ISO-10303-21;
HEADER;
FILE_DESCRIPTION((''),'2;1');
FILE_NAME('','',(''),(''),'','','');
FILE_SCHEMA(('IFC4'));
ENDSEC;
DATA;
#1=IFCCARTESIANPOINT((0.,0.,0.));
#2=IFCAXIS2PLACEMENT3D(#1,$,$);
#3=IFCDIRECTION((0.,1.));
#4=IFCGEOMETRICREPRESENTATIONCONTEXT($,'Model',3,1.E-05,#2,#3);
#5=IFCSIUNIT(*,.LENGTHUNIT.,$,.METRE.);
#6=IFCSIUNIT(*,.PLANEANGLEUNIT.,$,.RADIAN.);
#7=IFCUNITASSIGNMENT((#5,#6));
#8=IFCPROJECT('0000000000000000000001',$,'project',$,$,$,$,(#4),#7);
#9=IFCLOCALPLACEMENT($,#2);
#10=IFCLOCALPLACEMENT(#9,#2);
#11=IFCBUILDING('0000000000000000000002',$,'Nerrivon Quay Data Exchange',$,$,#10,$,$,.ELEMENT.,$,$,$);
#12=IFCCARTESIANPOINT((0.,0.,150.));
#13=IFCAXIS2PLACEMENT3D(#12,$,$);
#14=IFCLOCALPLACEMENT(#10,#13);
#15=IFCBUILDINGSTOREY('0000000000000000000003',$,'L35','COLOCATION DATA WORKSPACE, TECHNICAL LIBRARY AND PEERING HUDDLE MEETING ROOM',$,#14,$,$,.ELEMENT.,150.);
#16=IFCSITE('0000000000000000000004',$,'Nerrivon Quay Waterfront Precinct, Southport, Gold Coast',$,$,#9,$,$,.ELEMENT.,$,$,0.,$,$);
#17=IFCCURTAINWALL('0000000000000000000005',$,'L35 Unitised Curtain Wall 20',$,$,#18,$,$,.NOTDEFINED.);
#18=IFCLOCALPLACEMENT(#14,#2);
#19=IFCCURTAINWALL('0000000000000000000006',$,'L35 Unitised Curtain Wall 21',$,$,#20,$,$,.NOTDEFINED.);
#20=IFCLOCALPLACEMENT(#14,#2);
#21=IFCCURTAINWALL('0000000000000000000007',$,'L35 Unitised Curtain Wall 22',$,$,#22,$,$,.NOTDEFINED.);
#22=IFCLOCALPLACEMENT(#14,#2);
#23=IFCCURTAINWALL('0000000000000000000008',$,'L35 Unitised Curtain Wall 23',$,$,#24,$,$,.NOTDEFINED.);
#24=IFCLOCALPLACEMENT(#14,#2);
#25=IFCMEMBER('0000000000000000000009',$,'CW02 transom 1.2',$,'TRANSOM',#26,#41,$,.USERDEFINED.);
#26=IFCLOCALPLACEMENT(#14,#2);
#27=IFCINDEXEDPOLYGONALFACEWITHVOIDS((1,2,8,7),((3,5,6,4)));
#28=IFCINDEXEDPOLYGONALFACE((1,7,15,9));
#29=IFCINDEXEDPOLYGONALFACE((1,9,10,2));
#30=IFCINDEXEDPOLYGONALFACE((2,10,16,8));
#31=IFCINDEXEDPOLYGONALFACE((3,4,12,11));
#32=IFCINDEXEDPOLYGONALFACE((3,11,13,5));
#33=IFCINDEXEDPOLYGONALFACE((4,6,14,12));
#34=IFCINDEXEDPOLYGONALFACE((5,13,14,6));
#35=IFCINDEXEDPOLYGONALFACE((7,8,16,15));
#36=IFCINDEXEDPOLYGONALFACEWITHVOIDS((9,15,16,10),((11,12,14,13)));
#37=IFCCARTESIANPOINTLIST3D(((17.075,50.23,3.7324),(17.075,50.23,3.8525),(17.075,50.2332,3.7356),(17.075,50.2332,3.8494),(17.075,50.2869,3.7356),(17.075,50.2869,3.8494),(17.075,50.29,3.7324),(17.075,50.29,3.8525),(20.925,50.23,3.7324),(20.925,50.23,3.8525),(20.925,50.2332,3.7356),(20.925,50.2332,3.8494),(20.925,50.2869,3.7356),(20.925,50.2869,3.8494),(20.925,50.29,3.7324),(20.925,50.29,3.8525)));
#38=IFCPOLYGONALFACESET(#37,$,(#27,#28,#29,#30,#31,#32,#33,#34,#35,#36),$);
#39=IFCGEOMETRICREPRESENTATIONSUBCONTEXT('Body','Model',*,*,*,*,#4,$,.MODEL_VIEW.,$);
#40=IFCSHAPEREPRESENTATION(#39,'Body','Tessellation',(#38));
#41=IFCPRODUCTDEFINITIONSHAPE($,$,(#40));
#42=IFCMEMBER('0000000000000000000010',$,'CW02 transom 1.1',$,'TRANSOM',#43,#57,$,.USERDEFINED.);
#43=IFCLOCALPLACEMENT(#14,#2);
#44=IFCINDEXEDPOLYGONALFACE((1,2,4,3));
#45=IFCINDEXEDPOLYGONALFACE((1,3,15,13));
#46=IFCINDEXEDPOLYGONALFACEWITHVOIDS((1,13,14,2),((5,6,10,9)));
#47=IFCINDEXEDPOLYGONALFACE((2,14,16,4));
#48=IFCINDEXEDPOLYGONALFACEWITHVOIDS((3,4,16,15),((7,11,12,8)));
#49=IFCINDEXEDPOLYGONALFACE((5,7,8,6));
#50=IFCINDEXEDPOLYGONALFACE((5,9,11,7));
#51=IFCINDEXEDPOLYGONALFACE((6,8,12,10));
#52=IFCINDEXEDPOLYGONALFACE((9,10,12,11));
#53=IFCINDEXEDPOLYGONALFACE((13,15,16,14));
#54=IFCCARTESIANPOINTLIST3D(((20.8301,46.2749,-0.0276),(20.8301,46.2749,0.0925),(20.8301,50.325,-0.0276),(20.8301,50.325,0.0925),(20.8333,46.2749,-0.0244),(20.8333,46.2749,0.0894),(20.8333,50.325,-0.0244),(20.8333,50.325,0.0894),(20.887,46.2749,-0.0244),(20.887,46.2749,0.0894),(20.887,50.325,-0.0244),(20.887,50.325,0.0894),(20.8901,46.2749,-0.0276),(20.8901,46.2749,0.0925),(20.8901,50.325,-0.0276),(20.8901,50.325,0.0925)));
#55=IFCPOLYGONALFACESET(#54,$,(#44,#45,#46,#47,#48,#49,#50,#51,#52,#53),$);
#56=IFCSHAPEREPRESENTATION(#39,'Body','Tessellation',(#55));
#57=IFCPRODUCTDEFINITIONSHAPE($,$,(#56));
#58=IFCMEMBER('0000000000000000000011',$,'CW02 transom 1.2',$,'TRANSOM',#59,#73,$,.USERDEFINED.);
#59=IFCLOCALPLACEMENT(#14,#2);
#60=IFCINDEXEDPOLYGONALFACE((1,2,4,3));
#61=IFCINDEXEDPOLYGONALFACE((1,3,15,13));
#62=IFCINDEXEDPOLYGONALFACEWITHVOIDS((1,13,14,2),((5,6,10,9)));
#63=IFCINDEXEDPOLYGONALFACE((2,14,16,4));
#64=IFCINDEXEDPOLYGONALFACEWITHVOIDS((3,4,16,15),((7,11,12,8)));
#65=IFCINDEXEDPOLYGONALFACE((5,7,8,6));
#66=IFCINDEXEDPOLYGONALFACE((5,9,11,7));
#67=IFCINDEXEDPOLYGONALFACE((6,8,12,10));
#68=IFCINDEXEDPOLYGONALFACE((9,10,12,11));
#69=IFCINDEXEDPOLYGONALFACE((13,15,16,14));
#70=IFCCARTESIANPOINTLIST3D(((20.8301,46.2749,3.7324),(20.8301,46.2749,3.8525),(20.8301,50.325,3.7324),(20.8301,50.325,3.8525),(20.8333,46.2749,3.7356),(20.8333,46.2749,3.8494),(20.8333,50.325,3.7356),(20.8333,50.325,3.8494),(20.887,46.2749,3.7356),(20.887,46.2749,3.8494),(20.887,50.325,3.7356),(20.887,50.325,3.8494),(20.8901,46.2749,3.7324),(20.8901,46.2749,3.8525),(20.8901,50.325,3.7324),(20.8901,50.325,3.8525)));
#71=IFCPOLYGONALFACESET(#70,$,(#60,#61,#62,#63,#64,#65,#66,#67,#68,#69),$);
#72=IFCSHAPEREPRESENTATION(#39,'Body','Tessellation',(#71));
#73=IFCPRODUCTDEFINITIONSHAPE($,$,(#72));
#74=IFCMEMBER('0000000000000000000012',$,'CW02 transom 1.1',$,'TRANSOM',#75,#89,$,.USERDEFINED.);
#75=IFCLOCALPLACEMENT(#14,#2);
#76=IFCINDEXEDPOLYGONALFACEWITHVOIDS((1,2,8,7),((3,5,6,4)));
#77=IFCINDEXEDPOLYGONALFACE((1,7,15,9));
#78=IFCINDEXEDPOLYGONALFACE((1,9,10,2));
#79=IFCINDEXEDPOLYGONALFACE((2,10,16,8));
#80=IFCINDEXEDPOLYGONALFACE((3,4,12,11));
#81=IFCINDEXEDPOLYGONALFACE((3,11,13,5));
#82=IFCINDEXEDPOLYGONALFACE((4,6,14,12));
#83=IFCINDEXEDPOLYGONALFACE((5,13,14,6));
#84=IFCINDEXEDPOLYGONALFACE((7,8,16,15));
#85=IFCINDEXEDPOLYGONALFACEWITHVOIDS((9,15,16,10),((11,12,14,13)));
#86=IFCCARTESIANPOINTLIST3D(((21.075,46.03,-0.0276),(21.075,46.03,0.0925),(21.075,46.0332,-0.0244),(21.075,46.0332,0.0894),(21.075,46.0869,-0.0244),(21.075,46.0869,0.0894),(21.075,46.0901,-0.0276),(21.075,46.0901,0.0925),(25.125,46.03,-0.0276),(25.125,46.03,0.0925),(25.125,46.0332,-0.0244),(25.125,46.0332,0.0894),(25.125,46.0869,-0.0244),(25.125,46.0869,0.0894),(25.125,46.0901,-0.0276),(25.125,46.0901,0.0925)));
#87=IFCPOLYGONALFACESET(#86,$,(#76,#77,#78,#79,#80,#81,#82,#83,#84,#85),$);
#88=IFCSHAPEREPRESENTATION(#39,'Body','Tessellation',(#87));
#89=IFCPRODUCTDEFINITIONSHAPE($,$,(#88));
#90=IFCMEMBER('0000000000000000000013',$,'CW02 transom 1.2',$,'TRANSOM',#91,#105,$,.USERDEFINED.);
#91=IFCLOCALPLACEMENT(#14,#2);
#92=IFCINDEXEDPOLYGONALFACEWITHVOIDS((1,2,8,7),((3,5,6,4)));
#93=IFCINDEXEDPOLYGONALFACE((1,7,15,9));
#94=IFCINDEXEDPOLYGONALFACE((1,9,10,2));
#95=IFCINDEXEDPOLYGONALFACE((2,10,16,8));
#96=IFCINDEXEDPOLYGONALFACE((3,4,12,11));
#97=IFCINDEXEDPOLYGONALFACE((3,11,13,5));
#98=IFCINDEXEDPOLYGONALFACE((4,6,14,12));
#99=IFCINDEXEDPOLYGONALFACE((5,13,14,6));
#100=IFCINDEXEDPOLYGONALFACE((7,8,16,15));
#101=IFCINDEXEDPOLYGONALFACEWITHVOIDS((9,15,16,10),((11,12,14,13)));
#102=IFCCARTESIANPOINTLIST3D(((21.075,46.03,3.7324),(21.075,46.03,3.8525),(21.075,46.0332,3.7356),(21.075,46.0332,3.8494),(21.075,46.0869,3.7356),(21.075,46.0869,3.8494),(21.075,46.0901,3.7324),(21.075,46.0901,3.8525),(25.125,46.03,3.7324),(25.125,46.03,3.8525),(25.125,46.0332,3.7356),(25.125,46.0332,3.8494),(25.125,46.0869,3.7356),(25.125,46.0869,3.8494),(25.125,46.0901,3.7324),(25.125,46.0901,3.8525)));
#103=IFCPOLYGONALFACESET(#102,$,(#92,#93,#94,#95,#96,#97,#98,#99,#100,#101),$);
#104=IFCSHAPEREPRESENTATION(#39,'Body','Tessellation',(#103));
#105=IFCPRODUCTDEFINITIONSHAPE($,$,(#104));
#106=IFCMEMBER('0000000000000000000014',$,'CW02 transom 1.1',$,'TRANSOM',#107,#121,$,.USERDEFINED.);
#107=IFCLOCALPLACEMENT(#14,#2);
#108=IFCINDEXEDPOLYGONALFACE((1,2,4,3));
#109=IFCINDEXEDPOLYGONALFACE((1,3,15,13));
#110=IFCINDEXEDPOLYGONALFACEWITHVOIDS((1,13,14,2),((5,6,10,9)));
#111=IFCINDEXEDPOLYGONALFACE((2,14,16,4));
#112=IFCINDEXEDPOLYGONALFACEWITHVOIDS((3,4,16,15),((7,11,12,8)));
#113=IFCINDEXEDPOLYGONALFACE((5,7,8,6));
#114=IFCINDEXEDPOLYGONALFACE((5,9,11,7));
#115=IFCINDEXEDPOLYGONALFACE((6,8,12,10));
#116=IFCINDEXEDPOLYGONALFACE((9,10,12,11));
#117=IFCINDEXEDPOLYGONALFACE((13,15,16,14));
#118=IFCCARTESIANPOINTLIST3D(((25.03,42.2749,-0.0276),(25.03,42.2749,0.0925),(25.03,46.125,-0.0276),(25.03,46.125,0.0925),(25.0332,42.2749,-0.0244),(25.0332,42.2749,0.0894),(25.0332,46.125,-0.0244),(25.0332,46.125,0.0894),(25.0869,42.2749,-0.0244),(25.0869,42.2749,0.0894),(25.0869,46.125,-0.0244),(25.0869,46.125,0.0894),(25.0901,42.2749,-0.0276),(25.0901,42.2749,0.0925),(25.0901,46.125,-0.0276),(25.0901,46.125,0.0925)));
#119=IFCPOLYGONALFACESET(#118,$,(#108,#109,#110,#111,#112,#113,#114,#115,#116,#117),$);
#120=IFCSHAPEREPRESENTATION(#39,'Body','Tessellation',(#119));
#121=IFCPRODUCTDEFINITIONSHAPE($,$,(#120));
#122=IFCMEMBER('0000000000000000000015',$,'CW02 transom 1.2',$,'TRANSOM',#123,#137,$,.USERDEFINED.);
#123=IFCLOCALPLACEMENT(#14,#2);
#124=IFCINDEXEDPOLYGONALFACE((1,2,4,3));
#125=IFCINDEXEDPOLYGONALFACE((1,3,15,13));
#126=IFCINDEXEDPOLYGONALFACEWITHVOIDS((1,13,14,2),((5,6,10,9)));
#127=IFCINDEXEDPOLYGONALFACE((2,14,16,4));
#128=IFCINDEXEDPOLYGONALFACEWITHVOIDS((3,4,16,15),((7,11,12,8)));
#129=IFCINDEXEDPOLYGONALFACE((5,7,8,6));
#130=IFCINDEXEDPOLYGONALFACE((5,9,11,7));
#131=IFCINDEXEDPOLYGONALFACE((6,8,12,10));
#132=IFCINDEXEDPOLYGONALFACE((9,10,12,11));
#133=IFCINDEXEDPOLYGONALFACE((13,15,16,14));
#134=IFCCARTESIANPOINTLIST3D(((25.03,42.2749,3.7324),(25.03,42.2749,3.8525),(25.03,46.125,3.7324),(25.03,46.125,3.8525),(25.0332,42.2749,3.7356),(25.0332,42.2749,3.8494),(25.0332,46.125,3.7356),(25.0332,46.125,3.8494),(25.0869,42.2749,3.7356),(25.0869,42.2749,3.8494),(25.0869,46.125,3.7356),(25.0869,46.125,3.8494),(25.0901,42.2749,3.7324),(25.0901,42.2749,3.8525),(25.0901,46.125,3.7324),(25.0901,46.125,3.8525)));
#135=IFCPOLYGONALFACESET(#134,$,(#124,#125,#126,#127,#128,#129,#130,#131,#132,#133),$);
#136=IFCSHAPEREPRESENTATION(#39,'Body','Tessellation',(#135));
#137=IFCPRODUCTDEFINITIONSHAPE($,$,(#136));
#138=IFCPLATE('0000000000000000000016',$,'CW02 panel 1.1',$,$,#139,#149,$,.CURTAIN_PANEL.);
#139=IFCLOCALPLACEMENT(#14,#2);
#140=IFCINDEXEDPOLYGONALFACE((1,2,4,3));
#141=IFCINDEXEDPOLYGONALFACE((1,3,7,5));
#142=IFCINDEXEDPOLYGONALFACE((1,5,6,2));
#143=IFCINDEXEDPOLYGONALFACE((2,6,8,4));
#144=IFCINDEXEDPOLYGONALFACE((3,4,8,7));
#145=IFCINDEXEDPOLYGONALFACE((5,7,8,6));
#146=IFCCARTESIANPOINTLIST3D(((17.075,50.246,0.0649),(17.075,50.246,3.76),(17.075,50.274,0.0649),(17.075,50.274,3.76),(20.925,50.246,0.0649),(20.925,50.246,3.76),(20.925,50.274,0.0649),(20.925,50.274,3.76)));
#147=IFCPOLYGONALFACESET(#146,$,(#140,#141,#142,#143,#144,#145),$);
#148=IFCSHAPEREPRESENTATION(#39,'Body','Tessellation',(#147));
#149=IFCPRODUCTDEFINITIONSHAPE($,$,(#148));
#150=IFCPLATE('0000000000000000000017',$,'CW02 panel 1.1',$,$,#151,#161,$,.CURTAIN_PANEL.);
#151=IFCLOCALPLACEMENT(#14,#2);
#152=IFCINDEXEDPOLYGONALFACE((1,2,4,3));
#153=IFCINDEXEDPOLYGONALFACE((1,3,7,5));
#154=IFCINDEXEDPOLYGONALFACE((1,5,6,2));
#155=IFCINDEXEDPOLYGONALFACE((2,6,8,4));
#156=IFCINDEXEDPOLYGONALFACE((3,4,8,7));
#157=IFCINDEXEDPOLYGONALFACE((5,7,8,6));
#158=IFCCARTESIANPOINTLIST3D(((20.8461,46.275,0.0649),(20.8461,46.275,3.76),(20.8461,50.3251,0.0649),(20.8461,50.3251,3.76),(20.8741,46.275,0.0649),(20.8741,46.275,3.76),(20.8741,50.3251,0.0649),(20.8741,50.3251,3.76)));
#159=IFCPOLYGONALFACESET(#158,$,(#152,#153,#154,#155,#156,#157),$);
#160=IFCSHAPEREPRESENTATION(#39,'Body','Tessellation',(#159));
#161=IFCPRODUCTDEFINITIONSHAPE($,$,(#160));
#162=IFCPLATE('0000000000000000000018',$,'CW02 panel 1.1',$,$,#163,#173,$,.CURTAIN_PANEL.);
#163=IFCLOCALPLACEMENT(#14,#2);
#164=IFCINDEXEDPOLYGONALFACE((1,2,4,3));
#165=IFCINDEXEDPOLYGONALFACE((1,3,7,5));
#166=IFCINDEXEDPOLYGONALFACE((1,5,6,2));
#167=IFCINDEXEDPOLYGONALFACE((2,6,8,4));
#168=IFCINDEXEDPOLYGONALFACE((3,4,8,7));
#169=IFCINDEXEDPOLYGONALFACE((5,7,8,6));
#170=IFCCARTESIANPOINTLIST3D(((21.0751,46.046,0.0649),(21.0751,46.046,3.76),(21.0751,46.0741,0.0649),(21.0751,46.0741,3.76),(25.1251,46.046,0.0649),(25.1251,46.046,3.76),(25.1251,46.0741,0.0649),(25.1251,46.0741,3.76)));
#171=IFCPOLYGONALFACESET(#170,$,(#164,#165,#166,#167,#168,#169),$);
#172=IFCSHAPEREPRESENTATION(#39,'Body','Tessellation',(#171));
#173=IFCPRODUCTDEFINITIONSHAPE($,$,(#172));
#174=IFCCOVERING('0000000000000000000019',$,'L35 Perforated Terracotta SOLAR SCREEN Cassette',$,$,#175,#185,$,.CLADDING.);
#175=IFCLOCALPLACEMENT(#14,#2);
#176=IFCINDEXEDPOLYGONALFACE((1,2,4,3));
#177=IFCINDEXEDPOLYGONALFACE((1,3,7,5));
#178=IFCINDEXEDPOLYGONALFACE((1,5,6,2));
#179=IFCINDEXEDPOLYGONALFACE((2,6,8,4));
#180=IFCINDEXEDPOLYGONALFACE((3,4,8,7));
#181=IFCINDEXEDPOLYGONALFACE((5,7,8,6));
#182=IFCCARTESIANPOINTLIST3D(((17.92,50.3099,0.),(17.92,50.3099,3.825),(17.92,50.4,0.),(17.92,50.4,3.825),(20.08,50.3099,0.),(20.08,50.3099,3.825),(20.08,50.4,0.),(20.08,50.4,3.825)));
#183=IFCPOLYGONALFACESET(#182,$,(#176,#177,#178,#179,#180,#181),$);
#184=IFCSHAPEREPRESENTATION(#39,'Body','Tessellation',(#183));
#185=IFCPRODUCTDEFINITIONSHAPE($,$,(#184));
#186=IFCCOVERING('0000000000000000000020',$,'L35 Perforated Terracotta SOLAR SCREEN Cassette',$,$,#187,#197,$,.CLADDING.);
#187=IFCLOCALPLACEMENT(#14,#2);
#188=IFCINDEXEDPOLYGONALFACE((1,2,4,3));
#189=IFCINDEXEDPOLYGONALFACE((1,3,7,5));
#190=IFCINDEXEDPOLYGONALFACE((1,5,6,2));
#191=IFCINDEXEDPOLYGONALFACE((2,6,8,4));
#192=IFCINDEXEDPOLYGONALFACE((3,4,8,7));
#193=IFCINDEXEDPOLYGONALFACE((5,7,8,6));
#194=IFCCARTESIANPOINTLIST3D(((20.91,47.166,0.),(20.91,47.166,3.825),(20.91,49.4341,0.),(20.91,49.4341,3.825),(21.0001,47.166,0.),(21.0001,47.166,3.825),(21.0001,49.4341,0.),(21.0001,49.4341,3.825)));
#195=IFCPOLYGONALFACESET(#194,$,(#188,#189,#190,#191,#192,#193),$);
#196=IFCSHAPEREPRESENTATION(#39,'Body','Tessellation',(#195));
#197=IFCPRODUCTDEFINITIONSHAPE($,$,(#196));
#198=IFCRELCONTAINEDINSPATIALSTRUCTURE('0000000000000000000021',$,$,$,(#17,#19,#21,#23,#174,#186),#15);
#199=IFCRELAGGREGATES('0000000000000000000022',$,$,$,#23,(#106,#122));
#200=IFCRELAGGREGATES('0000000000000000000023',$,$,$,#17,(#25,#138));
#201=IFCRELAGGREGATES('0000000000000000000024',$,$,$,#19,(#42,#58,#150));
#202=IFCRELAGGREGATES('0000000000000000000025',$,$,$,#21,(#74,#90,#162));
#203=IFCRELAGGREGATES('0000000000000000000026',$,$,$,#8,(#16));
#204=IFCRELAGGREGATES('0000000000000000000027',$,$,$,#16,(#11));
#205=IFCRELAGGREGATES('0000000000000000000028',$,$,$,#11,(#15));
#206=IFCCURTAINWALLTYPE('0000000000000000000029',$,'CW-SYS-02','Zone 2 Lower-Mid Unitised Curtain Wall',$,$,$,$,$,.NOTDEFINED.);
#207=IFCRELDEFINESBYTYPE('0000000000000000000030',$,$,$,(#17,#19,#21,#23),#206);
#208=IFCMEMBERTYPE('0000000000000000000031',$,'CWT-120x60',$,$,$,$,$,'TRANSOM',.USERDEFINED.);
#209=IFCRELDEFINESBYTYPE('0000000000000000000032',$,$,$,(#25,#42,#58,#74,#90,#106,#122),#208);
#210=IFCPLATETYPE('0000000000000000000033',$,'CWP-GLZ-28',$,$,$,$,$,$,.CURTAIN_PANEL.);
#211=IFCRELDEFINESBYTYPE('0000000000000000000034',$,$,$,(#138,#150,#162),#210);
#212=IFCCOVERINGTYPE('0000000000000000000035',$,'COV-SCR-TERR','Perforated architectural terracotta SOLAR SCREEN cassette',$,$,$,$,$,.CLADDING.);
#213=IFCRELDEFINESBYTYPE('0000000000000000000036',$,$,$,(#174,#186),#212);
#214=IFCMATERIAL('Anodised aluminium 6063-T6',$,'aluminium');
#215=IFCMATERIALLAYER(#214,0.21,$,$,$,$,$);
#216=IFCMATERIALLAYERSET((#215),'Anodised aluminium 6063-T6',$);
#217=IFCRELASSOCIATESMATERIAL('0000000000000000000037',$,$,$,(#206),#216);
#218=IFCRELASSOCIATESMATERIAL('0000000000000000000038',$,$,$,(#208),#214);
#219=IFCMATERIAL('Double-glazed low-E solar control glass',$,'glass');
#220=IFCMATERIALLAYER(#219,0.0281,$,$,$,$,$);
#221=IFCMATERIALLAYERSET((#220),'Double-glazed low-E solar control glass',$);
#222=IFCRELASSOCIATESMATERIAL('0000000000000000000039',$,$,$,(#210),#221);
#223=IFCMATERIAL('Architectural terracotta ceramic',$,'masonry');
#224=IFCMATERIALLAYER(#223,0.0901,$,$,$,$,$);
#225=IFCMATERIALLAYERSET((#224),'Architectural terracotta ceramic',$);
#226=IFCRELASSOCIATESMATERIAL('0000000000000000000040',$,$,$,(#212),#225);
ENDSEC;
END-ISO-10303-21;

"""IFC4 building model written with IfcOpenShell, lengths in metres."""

from ifc_helpers import new_model, si_unit, direction, frame, origin, origin_2d, place, context, subcontext, project, spatial, rectangle, hollow_rectangle, extrude, material, layer, layer_set, material_profile, profile_set, type_object, element, aggregate, save


model = new_model("IFC4")

# Units and contexts
model_context = context("Model", 3, precision=1e-05, world=origin(), true_north=direction((0.0, 1.0)))
body_context = subcontext(model_context, "Body", "Model", "MODEL_VIEW")
ifc_project = project(units=[si_unit("LENGTHUNIT", "METRE"), si_unit("PLANEANGLEUNIT", "RADIAN")], contexts=[model_context])

# Site, building, storey
site_placement = place(None, origin())
site = spatial("IfcSite", under=ifc_project, at=site_placement, Name="Nerrivon Quay Waterfront Precinct, Southport, Gold Coast", CompositionType="ELEMENT", RefElevation=0.0)
building_placement = place(site_placement, origin())
building = spatial("IfcBuilding", under=site, at=building_placement, Name="Nerrivon Quay Data Exchange", CompositionType="ELEMENT")
storey_placement = place(building_placement, frame((0.0, 0.0, 150.0)))
storey = spatial("IfcBuildingStorey", under=building, at=storey_placement, Name="L35", Description="COLOCATION DATA WORKSPACE, TECHNICAL LIBRARY AND PEERING HUDDLE MEETING ROOM", CompositionType="ELEMENT", Elevation=150.0)

# Shared definitions
ifc_material_1 = material(Name="Anodised aluminium 6063-T6", Category="aluminium")
ifc_layer_1 = layer(ifc_material_1, 0.21)
ifc_layer_set_1 = layer_set([ifc_layer_1], Name="Anodised aluminium 6063-T6")
curtain_wall_type = type_object("IfcCurtainWallType", Name="CW-SYS-02", Description="Zone 2 Lower-Mid Unitised Curtain Wall", PredefinedType="NOTDEFINED", material=ifc_layer_set_1)

# Curtain walls
curtain_wall_1_placement = place(storey_placement, origin())
curtain_wall_1 = element("IfcCurtainWall", 1, at=curtain_wall_1_placement, inside=storey, type_object=curtain_wall_type, Name="L35 Unitised Curtain Wall 20", PredefinedType="NOTDEFINED")
curtain_wall_2_placement = place(storey_placement, origin())
curtain_wall_2 = element("IfcCurtainWall", 2, at=curtain_wall_2_placement, inside=storey, type_object=curtain_wall_type, Name="L35 Unitised Curtain Wall 21", PredefinedType="NOTDEFINED")
curtain_wall_3_placement = place(storey_placement, origin())
curtain_wall_3 = element("IfcCurtainWall", 3, at=curtain_wall_3_placement, inside=storey, type_object=curtain_wall_type, Name="L35 Unitised Curtain Wall 22", PredefinedType="NOTDEFINED")

# Curtain wall
curtain_wall_4_placement = place(storey_placement, origin())
curtain_wall_4 = element("IfcCurtainWall", 4, at=curtain_wall_4_placement, inside=storey, type_object=curtain_wall_type, Name="L35 Unitised Curtain Wall 23", PredefinedType="NOTDEFINED")

# Members
ifc_material_profile_1 = material_profile(ifc_material_1, hollow_rectangle(XDim=0.0601, YDim=0.1201, WallThickness=0.0032, at=origin_2d()), Name="ALU-TRAN-120x60")
ifc_profile_set_1 = profile_set([ifc_material_profile_1], Name="Anodised aluminium 6063-T6")
member_type_1 = type_object("IfcMemberType", Name="CWT-120x60", ElementType="TRANSOM", PredefinedType="USERDEFINED", material=ifc_profile_set_1)
member_1_placement = place(storey_placement, frame((17.075, 50.26, 3.7925), z_axis=(1.0, 0.0, 0.0), x_axis=(0.0, 1.0, 0.0)))
member_1 = element("IfcMember", 5, at=member_1_placement, type_object=member_type_1, Name="CW02 transom 1.2", ObjectType="TRANSOM", PredefinedType="USERDEFINED", context=body_context, shape_type="SweptSolid", body=[
    extrude(hollow_rectangle(XDim=0.0601, YDim=0.1201, WallThickness=0.0032, at=origin_2d()), origin(), (0.0, 0.0, 1.0), 3.8501),
])
member_2_placement = place(storey_placement, frame((20.8601, 50.325, 0.0325), z_axis=(0.0, -1.0, 0.0), x_axis=(1.0, 0.0, 0.0)))
member_2 = element("IfcMember", 6, at=member_2_placement, type_object=member_type_1, Name="CW02 transom 1.1", ObjectType="TRANSOM", PredefinedType="USERDEFINED", context=body_context, shape_type="SweptSolid", body=[
    extrude(hollow_rectangle(XDim=0.0601, YDim=0.1201, WallThickness=0.0032, at=origin_2d()), origin(), (0.0, 0.0, 1.0), 4.05),
])
member_3_placement = place(storey_placement, frame((20.8601, 50.325, 3.7925), z_axis=(0.0, -1.0, 0.0), x_axis=(1.0, 0.0, 0.0)))
member_3 = element("IfcMember", 7, at=member_3_placement, type_object=member_type_1, Name="CW02 transom 1.2", ObjectType="TRANSOM", PredefinedType="USERDEFINED", context=body_context, shape_type="SweptSolid", body=[
    extrude(hollow_rectangle(XDim=0.0601, YDim=0.1201, WallThickness=0.0032, at=origin_2d()), origin(), (0.0, 0.0, 1.0), 4.05),
])
member_4_placement = place(storey_placement, frame((21.075, 46.0601, 0.0325), z_axis=(1.0, 0.0, 0.0), x_axis=(0.0, 1.0, 0.0)))
member_4 = element("IfcMember", 8, at=member_4_placement, type_object=member_type_1, Name="CW02 transom 1.1", ObjectType="TRANSOM", PredefinedType="USERDEFINED", context=body_context, shape_type="SweptSolid", body=[
    extrude(hollow_rectangle(XDim=0.0601, YDim=0.1201, WallThickness=0.0032, at=origin_2d()), origin(), (0.0, 0.0, 1.0), 4.05),
])
member_5_placement = place(storey_placement, frame((21.075, 46.0601, 3.7925), z_axis=(1.0, 0.0, 0.0), x_axis=(0.0, 1.0, 0.0)))
member_5 = element("IfcMember", 9, at=member_5_placement, type_object=member_type_1, Name="CW02 transom 1.2", ObjectType="TRANSOM", PredefinedType="USERDEFINED", context=body_context, shape_type="SweptSolid", body=[
    extrude(hollow_rectangle(XDim=0.0601, YDim=0.1201, WallThickness=0.0032, at=origin_2d()), origin(), (0.0, 0.0, 1.0), 4.05),
])
member_6_placement = place(storey_placement, frame((25.0601, 46.125, 0.0325), z_axis=(0.0, -1.0, 0.0), x_axis=(1.0, 0.0, 0.0)))
member_6 = element("IfcMember", 10, at=member_6_placement, type_object=member_type_1, Name="CW02 transom 1.1", ObjectType="TRANSOM", PredefinedType="USERDEFINED", context=body_context, shape_type="SweptSolid", body=[
    extrude(hollow_rectangle(XDim=0.0601, YDim=0.1201, WallThickness=0.0032, at=origin_2d()), origin(), (0.0, 0.0, 1.0), 3.8501),
])
member_7_placement = place(storey_placement, frame((25.0601, 46.125, 3.7925), z_axis=(0.0, -1.0, 0.0), x_axis=(1.0, 0.0, 0.0)))
member_7 = element("IfcMember", 11, at=member_7_placement, type_object=member_type_1, Name="CW02 transom 1.2", ObjectType="TRANSOM", PredefinedType="USERDEFINED", context=body_context, shape_type="SweptSolid", body=[
    extrude(hollow_rectangle(XDim=0.0601, YDim=0.1201, WallThickness=0.0032, at=origin_2d()), origin(), (0.0, 0.0, 1.0), 3.8501),
])
aggregate(curtain_wall_4, [member_6, member_7])

# Plates
ifc_material_2 = material(Name="Double-glazed low-E solar control glass", Category="glass")
ifc_layer_2 = layer(ifc_material_2, 0.0281)
ifc_layer_set_2 = layer_set([ifc_layer_2], Name="Double-glazed low-E solar control glass")
plate_type = type_object("IfcPlateType", Name="CWP-GLZ-28", PredefinedType="CURTAIN_PANEL", material=ifc_layer_set_2)
plate_1_placement = place(storey_placement, frame((19.0, 50.26, 0.0649), z_axis=(0.0, 0.0, 1.0), x_axis=(1.0, 0.0, 0.0)))
plate_1 = element("IfcPlate", 12, at=plate_1_placement, type_object=plate_type, Name="CW02 panel 1.1", PredefinedType="CURTAIN_PANEL", context=body_context, shape_type="SweptSolid", body=[
    extrude(rectangle(XDim=3.8501, YDim=0.0281, at=origin_2d()), origin(), (0.0, 0.0, 1.0), 3.6951),
])
aggregate(curtain_wall_1, [member_1, plate_1])
plate_2_placement = place(storey_placement, frame((20.8601, 48.3, 0.0649), z_axis=(0.0, 0.0, 1.0), x_axis=(0.0, -1.0, 0.0)))
plate_2 = element("IfcPlate", 13, at=plate_2_placement, type_object=plate_type, Name="CW02 panel 1.1", PredefinedType="CURTAIN_PANEL", context=body_context, shape_type="SweptSolid", body=[
    extrude(rectangle(XDim=4.05, YDim=0.0281, at=origin_2d()), origin(), (0.0, 0.0, 1.0), 3.6951),
])
aggregate(curtain_wall_2, [member_2, member_3, plate_2])
plate_3_placement = place(storey_placement, frame((23.1001, 46.0601, 0.0649), z_axis=(0.0, 0.0, 1.0), x_axis=(1.0, 0.0, 0.0)))
plate_3 = element("IfcPlate", 14, at=plate_3_placement, type_object=plate_type, Name="CW02 panel 1.1", PredefinedType="CURTAIN_PANEL", context=body_context, shape_type="SweptSolid", body=[
    extrude(rectangle(XDim=4.05, YDim=0.0281, at=origin_2d()), origin(), (0.0, 0.0, 1.0), 3.6951),
])
aggregate(curtain_wall_3, [member_4, member_5, plate_3])

# Coverings
ifc_material_3 = material(Name="Architectural terracotta ceramic", Category="masonry")
ifc_layer_3 = layer(ifc_material_3, 0.0901)
ifc_layer_set_3 = layer_set([ifc_layer_3], Name="Architectural terracotta ceramic")
covering_type = type_object("IfcCoveringType", Name="COV-SCR-TERR", Description="Perforated architectural terracotta SOLAR SCREEN cassette", PredefinedType="CLADDING", material=ifc_layer_set_3)
covering_1_placement = place(storey_placement, frame((19.0, 50.355, 0.0), z_axis=(0.0, 0.0, 1.0), x_axis=(1.0, 0.0, 0.0)))
element("IfcCovering", 15, at=covering_1_placement, inside=storey, type_object=covering_type, Name="L35 Perforated Terracotta SOLAR SCREEN Cassette", PredefinedType="CLADDING", context=body_context, shape_type="SweptSolid", body=[
    extrude(rectangle(XDim=2.1599, YDim=0.0901, at=origin_2d()), origin(), (0.0, 0.0, 1.0), 3.825),
])
for number, where, z_axis, x_axis, name in (
    (16, (20.9551, 48.3, 0.0), (0.0, 0.0, 1.0), (0.0, -1.0, 0.0), "L35 Perforated Terracotta SOLAR SCREEN Cassette"),
):
    element("IfcCovering", number, at=place(storey_placement, frame(where, z_axis=z_axis, x_axis=x_axis)), inside=storey, type_object=covering_type, Name=name, PredefinedType="CLADDING", context=body_context, shape_type="SweptSolid", body=[
        extrude(rectangle(XDim=2.2681, YDim=0.0901, at=origin_2d()), origin(), (0.0, 0.0, 1.0), 3.825),
    ])

save(model, "model.ifc")
